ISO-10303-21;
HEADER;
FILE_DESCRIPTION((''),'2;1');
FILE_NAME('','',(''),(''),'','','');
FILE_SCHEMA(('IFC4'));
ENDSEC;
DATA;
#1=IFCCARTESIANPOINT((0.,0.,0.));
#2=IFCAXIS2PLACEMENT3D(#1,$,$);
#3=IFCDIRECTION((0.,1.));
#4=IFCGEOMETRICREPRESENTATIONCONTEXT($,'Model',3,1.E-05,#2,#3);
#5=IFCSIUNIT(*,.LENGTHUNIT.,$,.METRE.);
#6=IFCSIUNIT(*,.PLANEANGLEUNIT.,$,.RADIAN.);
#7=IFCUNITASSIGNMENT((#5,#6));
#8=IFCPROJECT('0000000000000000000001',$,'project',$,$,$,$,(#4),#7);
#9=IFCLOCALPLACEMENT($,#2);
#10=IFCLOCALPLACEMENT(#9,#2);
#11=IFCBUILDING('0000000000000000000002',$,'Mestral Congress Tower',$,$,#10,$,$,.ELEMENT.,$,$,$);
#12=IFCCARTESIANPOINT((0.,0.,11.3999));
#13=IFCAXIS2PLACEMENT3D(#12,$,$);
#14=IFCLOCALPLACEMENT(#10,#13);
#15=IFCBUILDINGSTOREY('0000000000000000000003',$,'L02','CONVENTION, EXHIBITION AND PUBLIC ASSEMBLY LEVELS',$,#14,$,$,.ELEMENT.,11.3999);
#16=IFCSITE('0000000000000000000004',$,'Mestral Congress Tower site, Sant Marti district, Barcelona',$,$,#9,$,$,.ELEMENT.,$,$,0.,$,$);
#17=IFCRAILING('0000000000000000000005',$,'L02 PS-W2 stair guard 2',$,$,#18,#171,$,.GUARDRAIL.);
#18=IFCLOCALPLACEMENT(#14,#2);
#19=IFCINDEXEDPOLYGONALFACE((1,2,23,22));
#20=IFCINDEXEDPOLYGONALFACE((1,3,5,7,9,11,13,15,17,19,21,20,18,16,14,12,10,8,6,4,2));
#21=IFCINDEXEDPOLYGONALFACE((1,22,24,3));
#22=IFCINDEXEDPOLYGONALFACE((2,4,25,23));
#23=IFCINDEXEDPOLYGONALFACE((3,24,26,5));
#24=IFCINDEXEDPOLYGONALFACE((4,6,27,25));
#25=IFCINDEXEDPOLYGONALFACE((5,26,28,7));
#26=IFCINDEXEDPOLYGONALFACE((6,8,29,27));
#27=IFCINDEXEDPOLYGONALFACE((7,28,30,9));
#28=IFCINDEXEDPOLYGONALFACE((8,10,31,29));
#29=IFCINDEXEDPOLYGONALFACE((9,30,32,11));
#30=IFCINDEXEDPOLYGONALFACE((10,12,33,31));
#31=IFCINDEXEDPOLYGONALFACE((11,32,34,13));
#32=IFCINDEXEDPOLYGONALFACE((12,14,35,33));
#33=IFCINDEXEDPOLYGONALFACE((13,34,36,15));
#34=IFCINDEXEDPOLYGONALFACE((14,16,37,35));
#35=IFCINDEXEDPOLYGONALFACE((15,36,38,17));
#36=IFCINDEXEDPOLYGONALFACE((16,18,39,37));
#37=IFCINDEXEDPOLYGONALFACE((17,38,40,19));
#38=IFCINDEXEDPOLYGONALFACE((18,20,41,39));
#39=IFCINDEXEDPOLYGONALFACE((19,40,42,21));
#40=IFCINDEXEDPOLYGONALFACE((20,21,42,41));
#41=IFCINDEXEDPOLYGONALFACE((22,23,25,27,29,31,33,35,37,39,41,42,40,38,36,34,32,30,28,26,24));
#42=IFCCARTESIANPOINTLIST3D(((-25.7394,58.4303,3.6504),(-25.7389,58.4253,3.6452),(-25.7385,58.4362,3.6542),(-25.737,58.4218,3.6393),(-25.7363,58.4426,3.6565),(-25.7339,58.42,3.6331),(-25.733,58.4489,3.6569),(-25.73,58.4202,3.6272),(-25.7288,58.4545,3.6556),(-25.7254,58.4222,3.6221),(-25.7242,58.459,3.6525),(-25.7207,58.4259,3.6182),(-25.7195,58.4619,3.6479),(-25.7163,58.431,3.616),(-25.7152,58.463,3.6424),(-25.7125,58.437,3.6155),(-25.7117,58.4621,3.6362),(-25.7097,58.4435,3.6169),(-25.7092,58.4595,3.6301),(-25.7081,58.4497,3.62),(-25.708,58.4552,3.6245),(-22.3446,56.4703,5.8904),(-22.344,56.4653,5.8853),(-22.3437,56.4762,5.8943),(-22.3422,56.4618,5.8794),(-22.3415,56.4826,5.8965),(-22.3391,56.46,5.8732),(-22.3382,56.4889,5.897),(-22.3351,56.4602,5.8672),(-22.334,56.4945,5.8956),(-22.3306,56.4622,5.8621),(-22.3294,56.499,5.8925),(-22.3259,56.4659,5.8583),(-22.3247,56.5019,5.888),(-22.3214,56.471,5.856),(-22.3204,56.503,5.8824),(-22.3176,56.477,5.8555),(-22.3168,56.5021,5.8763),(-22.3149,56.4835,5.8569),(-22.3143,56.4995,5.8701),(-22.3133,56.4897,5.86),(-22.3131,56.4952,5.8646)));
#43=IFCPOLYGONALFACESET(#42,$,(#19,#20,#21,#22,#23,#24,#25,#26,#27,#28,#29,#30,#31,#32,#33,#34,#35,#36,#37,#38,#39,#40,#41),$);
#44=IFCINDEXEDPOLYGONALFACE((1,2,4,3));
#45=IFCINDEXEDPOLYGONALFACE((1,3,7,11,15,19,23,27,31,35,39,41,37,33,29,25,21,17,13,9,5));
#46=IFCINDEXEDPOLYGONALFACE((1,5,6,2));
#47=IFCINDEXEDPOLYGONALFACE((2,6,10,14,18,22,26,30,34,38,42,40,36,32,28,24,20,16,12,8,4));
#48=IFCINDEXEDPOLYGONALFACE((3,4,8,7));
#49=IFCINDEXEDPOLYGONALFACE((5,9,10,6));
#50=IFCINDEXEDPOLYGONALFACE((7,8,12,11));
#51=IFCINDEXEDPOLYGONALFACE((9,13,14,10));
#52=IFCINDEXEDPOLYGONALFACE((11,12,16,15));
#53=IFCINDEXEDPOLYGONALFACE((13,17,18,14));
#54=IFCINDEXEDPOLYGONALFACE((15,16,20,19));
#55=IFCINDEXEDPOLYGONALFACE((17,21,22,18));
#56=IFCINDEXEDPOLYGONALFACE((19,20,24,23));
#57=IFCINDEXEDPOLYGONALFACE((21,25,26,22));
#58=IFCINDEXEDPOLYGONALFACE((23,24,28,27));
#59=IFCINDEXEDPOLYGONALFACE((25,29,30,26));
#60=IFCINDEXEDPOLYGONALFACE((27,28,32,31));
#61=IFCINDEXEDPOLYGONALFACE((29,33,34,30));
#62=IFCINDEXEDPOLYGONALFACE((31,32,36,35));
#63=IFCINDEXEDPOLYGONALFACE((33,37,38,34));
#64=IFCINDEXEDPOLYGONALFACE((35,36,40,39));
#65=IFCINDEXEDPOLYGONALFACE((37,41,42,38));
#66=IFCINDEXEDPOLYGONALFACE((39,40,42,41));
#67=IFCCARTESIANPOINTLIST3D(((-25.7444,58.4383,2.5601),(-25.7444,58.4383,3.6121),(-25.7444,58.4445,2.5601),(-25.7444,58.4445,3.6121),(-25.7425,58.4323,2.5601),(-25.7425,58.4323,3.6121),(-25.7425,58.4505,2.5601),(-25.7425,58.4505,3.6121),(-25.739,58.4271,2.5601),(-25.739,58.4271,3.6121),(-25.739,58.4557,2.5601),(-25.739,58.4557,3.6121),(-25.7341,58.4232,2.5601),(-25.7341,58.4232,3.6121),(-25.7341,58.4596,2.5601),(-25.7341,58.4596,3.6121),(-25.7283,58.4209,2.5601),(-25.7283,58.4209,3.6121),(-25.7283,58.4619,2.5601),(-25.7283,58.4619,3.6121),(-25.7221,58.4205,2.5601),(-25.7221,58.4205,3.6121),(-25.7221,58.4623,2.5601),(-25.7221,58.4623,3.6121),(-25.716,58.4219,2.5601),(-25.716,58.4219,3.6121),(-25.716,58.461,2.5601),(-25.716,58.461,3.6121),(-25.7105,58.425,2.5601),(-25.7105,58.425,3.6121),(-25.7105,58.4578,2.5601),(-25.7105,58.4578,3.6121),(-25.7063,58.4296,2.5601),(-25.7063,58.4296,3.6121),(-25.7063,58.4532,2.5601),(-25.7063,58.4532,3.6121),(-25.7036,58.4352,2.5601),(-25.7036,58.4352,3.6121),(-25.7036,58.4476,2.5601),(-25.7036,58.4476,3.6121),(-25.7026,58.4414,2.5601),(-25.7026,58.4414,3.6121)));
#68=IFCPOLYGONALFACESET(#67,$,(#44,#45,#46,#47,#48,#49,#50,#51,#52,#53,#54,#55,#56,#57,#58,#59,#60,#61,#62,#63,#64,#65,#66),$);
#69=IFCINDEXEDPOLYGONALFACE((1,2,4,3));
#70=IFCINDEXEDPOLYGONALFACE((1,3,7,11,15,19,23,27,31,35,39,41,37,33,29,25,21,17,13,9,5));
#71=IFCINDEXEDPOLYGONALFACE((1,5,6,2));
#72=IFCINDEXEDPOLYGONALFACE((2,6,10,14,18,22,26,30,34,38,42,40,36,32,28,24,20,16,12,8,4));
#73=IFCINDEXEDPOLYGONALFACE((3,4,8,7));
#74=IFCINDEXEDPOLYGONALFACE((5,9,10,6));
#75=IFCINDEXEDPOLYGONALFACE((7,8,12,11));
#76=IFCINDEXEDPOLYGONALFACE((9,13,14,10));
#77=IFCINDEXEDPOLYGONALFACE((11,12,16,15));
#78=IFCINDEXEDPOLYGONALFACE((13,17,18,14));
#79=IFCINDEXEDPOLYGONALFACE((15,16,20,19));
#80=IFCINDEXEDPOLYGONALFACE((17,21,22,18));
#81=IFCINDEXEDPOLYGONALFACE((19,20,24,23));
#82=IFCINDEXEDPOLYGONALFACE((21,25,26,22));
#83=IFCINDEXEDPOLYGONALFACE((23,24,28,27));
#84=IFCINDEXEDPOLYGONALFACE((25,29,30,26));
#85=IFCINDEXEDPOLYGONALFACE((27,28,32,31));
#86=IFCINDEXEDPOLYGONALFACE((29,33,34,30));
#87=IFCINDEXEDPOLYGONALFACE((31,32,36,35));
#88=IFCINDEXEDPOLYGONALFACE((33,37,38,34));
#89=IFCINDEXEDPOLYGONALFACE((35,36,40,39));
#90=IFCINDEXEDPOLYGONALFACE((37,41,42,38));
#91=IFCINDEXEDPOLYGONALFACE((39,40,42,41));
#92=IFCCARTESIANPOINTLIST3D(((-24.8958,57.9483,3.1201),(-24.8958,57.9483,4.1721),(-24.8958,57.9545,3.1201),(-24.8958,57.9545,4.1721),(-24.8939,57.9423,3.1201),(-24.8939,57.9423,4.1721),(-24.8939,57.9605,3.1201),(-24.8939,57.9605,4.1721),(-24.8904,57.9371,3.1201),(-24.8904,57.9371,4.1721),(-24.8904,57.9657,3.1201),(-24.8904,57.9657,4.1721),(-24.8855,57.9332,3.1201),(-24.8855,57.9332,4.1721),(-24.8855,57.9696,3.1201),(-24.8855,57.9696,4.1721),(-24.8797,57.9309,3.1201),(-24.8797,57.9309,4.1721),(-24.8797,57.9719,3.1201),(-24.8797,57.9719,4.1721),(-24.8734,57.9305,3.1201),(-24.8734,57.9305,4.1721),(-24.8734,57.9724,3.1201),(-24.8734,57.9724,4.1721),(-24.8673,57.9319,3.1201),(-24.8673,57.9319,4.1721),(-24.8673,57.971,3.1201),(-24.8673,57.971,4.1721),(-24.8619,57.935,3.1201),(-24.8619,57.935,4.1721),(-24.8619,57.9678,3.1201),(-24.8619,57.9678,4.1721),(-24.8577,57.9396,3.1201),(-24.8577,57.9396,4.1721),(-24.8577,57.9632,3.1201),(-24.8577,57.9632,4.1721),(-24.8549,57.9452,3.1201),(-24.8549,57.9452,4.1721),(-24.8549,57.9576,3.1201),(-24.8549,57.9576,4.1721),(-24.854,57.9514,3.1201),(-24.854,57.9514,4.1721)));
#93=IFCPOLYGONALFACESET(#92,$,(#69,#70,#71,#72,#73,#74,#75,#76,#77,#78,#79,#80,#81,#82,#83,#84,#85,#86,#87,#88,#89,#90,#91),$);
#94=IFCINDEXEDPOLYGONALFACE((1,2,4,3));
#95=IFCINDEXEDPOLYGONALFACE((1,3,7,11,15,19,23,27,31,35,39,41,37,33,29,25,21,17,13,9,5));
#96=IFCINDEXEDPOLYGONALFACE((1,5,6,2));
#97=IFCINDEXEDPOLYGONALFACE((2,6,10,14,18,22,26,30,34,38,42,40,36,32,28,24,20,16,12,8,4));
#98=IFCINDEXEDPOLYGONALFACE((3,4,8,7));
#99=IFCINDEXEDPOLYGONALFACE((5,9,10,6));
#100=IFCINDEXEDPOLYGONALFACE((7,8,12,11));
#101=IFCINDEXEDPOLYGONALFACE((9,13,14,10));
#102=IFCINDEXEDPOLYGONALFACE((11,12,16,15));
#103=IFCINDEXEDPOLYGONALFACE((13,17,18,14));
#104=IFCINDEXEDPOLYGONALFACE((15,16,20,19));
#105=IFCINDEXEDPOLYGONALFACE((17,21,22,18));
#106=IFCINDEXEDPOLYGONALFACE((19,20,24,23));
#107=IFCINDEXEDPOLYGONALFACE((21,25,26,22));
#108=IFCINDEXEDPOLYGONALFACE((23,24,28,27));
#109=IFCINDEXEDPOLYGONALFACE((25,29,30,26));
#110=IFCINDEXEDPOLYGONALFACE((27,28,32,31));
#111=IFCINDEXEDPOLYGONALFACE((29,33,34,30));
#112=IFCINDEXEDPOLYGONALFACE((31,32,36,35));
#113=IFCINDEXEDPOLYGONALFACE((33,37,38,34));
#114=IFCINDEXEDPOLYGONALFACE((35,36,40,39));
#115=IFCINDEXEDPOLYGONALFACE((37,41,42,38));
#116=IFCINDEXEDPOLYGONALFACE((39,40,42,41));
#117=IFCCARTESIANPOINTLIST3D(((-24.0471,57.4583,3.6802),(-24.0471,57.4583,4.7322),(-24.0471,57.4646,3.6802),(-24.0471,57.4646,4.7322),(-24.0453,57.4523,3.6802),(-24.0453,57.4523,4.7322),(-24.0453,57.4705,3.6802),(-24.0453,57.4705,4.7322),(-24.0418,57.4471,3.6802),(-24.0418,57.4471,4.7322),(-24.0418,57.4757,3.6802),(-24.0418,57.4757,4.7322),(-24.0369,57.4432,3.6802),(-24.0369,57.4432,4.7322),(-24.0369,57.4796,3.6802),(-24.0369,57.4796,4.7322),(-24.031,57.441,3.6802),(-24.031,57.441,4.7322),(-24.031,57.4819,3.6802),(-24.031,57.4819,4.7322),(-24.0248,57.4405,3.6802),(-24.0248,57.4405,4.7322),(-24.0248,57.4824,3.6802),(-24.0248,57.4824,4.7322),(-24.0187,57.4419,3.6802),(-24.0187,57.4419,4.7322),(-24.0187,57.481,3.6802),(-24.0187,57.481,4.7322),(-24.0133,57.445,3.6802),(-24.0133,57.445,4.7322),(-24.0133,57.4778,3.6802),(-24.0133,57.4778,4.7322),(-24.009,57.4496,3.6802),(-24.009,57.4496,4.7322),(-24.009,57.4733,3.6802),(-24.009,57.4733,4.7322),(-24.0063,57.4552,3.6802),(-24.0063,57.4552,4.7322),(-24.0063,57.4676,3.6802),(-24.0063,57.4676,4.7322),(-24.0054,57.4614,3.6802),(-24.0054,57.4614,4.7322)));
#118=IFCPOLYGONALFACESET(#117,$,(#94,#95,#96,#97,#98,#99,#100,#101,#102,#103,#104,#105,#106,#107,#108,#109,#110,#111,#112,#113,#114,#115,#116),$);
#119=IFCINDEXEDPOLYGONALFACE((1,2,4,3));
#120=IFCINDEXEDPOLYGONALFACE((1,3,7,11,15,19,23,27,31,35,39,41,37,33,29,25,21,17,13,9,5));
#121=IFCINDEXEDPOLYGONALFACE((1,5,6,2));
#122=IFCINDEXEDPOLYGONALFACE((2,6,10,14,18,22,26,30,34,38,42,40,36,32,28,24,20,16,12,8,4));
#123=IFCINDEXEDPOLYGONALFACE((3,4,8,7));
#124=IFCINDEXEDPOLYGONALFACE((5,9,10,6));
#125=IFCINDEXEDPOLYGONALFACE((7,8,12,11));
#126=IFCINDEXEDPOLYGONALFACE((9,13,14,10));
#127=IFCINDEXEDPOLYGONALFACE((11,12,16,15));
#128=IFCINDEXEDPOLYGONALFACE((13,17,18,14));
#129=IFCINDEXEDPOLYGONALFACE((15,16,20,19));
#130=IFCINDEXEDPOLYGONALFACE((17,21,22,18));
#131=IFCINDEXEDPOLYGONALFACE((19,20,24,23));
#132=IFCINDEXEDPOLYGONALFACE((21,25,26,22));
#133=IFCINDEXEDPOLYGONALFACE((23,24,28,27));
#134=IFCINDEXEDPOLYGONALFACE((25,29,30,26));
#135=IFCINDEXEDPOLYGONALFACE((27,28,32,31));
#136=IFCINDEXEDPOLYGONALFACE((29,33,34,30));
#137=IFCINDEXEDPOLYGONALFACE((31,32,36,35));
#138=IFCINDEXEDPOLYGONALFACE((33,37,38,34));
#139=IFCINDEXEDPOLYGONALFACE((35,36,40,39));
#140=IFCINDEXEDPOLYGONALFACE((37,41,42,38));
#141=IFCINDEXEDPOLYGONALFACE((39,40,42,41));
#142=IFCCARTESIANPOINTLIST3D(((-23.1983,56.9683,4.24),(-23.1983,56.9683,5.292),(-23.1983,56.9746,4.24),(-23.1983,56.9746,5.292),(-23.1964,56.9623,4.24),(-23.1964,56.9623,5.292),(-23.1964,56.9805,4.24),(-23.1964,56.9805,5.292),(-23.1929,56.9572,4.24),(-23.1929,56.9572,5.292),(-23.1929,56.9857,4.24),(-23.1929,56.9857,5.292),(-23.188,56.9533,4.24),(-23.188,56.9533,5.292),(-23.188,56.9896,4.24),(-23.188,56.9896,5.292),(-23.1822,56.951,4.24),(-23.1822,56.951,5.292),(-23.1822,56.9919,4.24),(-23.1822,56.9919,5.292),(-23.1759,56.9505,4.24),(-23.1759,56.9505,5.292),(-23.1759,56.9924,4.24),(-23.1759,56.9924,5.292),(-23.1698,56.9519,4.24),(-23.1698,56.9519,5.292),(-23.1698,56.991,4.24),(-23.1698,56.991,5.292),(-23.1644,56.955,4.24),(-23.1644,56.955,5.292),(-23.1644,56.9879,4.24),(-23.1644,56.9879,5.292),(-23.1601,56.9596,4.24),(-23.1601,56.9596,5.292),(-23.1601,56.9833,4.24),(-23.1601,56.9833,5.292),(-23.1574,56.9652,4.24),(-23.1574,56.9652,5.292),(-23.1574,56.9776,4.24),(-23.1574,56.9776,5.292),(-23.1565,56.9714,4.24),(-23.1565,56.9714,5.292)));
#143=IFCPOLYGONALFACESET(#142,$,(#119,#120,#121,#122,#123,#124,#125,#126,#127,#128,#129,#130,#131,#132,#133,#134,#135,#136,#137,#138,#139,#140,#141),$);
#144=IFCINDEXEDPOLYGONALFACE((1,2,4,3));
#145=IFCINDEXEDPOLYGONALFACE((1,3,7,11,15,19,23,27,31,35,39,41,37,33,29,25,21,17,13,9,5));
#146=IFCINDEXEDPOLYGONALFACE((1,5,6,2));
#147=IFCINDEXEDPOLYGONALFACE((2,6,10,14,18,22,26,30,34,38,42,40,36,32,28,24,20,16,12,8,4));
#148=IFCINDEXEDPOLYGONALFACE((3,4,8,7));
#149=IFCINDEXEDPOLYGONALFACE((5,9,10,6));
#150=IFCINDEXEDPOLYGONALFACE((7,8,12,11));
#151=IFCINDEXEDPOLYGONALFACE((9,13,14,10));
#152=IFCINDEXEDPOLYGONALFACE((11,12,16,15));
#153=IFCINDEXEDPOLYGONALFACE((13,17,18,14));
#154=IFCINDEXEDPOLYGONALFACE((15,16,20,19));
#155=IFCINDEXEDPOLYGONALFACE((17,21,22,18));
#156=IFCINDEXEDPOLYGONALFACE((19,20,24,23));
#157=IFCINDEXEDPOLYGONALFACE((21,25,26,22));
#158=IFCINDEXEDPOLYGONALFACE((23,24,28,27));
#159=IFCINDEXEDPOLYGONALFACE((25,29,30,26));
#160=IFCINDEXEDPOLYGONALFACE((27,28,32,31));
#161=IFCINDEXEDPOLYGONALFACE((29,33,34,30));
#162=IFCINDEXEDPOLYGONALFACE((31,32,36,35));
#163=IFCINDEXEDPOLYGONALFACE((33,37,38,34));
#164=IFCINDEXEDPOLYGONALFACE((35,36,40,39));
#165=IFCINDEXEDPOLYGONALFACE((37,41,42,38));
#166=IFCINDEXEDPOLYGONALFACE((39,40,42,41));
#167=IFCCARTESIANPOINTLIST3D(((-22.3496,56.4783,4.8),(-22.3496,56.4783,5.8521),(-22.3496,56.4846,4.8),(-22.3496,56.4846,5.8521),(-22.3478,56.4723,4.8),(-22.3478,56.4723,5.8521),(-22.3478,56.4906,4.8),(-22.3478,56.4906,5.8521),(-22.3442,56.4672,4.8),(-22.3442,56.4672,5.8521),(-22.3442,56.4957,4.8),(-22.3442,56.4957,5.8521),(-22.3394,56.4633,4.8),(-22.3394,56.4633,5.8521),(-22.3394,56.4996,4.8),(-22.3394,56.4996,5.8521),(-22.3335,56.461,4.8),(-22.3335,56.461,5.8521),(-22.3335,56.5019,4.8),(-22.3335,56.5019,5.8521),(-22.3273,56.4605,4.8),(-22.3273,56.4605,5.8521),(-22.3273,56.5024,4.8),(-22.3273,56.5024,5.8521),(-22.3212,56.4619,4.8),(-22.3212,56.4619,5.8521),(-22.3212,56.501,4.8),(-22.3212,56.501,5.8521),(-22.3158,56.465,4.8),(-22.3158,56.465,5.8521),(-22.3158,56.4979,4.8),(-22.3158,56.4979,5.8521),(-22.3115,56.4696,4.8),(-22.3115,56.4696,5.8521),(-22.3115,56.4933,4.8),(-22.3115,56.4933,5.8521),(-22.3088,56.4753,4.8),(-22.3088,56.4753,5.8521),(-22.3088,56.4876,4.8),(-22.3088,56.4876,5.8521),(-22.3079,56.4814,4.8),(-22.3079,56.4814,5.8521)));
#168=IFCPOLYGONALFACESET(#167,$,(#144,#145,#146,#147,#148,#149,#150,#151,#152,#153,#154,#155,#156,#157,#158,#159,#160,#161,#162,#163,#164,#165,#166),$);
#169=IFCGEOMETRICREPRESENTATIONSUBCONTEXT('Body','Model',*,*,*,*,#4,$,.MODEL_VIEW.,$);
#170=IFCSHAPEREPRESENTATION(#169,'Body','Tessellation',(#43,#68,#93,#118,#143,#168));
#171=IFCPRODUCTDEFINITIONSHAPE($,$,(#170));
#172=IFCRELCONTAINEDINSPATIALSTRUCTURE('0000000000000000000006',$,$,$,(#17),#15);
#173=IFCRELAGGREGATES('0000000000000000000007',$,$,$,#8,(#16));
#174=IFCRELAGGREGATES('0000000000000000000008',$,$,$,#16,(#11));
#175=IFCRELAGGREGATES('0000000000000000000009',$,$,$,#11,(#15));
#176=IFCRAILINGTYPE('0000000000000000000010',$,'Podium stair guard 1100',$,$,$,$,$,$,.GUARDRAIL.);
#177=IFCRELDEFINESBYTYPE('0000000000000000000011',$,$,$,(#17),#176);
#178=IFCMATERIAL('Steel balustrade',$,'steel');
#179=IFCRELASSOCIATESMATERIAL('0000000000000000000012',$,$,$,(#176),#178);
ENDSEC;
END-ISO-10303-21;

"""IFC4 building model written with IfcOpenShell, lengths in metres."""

from ifc_helpers import new_model, si_unit, direction, frame, origin, origin_2d, place, context, subcontext, project, spatial, circle, extrude, material, type_object, element, save


model = new_model("IFC4")

# Units and contexts
model_context = context("Model", 3, precision=1e-05, world=origin(), true_north=direction((0.0, 1.0)))
body_context = subcontext(model_context, "Body", "Model", "MODEL_VIEW")
ifc_project = project(units=[si_unit("LENGTHUNIT", "METRE"), si_unit("PLANEANGLEUNIT", "RADIAN")], contexts=[model_context])

# Site, building, storey
site_placement = place(None, origin())
site = spatial("IfcSite", under=ifc_project, at=site_placement, Name="Mestral Congress Tower site, Sant Marti district, Barcelona", CompositionType="ELEMENT", RefElevation=0.0)
building_placement = place(site_placement, origin())
building = spatial("IfcBuilding", under=site, at=building_placement, Name="Mestral Congress Tower", CompositionType="ELEMENT")
storey_placement = place(building_placement, frame((0.0, 0.0, 11.3999)))
storey = spatial("IfcBuildingStorey", under=building, at=storey_placement, Name="L02", Description="CONVENTION, EXHIBITION AND PUBLIC ASSEMBLY LEVELS", CompositionType="ELEMENT", Elevation=11.3999)

# Railing
ifc_material_1 = material(Name="Steel balustrade", Category="steel")
railing_type_1 = type_object("IfcRailingType", Name="Podium stair guard 1100", PredefinedType="GUARDRAIL", material=ifc_material_1)
railing_1_placement = place(storey_placement, frame((-25.7236, 58.4414, 2.5601)))
element("IfcRailing", 1, at=railing_1_placement, inside=storey, type_object=railing_type_1, Name="L02 PS-W2 stair guard 2", PredefinedType="GUARDRAIL", context=body_context, shape_type="SweptSolid", body=[
    extrude(circle(Radius=0.0239, at=origin_2d()), frame((0.0, 0.0, 1.0762), z_axis=(0.75192, -0.434118, 0.496143), x_axis=(0.499997, 0.866027, 0.0)), (0.0, 0.0, 1.0), 4.5149),
    extrude(circle(Radius=0.021, at=origin_2d()), origin(), (0.0, 0.0, 1.0), 1.052),
    extrude(circle(Radius=0.021, at=origin_2d()), frame((0.8486, -0.49, 0.5601)), (0.0, 0.0, 1.0), 1.052),
    extrude(circle(Radius=0.021, at=origin_2d()), frame((1.6973, -0.98, 1.1201)), (0.0, 0.0, 1.0), 1.052),
    extrude(circle(Radius=0.021, at=origin_2d()), frame((2.5461, -1.47, 1.6799)), (0.0, 0.0, 1.0), 1.052),
    extrude(circle(Radius=0.021, at=origin_2d()), frame((3.3948, -1.96, 2.24)), (0.0, 0.0, 1.0), 1.052),
])

save(model, "model.ifc")
